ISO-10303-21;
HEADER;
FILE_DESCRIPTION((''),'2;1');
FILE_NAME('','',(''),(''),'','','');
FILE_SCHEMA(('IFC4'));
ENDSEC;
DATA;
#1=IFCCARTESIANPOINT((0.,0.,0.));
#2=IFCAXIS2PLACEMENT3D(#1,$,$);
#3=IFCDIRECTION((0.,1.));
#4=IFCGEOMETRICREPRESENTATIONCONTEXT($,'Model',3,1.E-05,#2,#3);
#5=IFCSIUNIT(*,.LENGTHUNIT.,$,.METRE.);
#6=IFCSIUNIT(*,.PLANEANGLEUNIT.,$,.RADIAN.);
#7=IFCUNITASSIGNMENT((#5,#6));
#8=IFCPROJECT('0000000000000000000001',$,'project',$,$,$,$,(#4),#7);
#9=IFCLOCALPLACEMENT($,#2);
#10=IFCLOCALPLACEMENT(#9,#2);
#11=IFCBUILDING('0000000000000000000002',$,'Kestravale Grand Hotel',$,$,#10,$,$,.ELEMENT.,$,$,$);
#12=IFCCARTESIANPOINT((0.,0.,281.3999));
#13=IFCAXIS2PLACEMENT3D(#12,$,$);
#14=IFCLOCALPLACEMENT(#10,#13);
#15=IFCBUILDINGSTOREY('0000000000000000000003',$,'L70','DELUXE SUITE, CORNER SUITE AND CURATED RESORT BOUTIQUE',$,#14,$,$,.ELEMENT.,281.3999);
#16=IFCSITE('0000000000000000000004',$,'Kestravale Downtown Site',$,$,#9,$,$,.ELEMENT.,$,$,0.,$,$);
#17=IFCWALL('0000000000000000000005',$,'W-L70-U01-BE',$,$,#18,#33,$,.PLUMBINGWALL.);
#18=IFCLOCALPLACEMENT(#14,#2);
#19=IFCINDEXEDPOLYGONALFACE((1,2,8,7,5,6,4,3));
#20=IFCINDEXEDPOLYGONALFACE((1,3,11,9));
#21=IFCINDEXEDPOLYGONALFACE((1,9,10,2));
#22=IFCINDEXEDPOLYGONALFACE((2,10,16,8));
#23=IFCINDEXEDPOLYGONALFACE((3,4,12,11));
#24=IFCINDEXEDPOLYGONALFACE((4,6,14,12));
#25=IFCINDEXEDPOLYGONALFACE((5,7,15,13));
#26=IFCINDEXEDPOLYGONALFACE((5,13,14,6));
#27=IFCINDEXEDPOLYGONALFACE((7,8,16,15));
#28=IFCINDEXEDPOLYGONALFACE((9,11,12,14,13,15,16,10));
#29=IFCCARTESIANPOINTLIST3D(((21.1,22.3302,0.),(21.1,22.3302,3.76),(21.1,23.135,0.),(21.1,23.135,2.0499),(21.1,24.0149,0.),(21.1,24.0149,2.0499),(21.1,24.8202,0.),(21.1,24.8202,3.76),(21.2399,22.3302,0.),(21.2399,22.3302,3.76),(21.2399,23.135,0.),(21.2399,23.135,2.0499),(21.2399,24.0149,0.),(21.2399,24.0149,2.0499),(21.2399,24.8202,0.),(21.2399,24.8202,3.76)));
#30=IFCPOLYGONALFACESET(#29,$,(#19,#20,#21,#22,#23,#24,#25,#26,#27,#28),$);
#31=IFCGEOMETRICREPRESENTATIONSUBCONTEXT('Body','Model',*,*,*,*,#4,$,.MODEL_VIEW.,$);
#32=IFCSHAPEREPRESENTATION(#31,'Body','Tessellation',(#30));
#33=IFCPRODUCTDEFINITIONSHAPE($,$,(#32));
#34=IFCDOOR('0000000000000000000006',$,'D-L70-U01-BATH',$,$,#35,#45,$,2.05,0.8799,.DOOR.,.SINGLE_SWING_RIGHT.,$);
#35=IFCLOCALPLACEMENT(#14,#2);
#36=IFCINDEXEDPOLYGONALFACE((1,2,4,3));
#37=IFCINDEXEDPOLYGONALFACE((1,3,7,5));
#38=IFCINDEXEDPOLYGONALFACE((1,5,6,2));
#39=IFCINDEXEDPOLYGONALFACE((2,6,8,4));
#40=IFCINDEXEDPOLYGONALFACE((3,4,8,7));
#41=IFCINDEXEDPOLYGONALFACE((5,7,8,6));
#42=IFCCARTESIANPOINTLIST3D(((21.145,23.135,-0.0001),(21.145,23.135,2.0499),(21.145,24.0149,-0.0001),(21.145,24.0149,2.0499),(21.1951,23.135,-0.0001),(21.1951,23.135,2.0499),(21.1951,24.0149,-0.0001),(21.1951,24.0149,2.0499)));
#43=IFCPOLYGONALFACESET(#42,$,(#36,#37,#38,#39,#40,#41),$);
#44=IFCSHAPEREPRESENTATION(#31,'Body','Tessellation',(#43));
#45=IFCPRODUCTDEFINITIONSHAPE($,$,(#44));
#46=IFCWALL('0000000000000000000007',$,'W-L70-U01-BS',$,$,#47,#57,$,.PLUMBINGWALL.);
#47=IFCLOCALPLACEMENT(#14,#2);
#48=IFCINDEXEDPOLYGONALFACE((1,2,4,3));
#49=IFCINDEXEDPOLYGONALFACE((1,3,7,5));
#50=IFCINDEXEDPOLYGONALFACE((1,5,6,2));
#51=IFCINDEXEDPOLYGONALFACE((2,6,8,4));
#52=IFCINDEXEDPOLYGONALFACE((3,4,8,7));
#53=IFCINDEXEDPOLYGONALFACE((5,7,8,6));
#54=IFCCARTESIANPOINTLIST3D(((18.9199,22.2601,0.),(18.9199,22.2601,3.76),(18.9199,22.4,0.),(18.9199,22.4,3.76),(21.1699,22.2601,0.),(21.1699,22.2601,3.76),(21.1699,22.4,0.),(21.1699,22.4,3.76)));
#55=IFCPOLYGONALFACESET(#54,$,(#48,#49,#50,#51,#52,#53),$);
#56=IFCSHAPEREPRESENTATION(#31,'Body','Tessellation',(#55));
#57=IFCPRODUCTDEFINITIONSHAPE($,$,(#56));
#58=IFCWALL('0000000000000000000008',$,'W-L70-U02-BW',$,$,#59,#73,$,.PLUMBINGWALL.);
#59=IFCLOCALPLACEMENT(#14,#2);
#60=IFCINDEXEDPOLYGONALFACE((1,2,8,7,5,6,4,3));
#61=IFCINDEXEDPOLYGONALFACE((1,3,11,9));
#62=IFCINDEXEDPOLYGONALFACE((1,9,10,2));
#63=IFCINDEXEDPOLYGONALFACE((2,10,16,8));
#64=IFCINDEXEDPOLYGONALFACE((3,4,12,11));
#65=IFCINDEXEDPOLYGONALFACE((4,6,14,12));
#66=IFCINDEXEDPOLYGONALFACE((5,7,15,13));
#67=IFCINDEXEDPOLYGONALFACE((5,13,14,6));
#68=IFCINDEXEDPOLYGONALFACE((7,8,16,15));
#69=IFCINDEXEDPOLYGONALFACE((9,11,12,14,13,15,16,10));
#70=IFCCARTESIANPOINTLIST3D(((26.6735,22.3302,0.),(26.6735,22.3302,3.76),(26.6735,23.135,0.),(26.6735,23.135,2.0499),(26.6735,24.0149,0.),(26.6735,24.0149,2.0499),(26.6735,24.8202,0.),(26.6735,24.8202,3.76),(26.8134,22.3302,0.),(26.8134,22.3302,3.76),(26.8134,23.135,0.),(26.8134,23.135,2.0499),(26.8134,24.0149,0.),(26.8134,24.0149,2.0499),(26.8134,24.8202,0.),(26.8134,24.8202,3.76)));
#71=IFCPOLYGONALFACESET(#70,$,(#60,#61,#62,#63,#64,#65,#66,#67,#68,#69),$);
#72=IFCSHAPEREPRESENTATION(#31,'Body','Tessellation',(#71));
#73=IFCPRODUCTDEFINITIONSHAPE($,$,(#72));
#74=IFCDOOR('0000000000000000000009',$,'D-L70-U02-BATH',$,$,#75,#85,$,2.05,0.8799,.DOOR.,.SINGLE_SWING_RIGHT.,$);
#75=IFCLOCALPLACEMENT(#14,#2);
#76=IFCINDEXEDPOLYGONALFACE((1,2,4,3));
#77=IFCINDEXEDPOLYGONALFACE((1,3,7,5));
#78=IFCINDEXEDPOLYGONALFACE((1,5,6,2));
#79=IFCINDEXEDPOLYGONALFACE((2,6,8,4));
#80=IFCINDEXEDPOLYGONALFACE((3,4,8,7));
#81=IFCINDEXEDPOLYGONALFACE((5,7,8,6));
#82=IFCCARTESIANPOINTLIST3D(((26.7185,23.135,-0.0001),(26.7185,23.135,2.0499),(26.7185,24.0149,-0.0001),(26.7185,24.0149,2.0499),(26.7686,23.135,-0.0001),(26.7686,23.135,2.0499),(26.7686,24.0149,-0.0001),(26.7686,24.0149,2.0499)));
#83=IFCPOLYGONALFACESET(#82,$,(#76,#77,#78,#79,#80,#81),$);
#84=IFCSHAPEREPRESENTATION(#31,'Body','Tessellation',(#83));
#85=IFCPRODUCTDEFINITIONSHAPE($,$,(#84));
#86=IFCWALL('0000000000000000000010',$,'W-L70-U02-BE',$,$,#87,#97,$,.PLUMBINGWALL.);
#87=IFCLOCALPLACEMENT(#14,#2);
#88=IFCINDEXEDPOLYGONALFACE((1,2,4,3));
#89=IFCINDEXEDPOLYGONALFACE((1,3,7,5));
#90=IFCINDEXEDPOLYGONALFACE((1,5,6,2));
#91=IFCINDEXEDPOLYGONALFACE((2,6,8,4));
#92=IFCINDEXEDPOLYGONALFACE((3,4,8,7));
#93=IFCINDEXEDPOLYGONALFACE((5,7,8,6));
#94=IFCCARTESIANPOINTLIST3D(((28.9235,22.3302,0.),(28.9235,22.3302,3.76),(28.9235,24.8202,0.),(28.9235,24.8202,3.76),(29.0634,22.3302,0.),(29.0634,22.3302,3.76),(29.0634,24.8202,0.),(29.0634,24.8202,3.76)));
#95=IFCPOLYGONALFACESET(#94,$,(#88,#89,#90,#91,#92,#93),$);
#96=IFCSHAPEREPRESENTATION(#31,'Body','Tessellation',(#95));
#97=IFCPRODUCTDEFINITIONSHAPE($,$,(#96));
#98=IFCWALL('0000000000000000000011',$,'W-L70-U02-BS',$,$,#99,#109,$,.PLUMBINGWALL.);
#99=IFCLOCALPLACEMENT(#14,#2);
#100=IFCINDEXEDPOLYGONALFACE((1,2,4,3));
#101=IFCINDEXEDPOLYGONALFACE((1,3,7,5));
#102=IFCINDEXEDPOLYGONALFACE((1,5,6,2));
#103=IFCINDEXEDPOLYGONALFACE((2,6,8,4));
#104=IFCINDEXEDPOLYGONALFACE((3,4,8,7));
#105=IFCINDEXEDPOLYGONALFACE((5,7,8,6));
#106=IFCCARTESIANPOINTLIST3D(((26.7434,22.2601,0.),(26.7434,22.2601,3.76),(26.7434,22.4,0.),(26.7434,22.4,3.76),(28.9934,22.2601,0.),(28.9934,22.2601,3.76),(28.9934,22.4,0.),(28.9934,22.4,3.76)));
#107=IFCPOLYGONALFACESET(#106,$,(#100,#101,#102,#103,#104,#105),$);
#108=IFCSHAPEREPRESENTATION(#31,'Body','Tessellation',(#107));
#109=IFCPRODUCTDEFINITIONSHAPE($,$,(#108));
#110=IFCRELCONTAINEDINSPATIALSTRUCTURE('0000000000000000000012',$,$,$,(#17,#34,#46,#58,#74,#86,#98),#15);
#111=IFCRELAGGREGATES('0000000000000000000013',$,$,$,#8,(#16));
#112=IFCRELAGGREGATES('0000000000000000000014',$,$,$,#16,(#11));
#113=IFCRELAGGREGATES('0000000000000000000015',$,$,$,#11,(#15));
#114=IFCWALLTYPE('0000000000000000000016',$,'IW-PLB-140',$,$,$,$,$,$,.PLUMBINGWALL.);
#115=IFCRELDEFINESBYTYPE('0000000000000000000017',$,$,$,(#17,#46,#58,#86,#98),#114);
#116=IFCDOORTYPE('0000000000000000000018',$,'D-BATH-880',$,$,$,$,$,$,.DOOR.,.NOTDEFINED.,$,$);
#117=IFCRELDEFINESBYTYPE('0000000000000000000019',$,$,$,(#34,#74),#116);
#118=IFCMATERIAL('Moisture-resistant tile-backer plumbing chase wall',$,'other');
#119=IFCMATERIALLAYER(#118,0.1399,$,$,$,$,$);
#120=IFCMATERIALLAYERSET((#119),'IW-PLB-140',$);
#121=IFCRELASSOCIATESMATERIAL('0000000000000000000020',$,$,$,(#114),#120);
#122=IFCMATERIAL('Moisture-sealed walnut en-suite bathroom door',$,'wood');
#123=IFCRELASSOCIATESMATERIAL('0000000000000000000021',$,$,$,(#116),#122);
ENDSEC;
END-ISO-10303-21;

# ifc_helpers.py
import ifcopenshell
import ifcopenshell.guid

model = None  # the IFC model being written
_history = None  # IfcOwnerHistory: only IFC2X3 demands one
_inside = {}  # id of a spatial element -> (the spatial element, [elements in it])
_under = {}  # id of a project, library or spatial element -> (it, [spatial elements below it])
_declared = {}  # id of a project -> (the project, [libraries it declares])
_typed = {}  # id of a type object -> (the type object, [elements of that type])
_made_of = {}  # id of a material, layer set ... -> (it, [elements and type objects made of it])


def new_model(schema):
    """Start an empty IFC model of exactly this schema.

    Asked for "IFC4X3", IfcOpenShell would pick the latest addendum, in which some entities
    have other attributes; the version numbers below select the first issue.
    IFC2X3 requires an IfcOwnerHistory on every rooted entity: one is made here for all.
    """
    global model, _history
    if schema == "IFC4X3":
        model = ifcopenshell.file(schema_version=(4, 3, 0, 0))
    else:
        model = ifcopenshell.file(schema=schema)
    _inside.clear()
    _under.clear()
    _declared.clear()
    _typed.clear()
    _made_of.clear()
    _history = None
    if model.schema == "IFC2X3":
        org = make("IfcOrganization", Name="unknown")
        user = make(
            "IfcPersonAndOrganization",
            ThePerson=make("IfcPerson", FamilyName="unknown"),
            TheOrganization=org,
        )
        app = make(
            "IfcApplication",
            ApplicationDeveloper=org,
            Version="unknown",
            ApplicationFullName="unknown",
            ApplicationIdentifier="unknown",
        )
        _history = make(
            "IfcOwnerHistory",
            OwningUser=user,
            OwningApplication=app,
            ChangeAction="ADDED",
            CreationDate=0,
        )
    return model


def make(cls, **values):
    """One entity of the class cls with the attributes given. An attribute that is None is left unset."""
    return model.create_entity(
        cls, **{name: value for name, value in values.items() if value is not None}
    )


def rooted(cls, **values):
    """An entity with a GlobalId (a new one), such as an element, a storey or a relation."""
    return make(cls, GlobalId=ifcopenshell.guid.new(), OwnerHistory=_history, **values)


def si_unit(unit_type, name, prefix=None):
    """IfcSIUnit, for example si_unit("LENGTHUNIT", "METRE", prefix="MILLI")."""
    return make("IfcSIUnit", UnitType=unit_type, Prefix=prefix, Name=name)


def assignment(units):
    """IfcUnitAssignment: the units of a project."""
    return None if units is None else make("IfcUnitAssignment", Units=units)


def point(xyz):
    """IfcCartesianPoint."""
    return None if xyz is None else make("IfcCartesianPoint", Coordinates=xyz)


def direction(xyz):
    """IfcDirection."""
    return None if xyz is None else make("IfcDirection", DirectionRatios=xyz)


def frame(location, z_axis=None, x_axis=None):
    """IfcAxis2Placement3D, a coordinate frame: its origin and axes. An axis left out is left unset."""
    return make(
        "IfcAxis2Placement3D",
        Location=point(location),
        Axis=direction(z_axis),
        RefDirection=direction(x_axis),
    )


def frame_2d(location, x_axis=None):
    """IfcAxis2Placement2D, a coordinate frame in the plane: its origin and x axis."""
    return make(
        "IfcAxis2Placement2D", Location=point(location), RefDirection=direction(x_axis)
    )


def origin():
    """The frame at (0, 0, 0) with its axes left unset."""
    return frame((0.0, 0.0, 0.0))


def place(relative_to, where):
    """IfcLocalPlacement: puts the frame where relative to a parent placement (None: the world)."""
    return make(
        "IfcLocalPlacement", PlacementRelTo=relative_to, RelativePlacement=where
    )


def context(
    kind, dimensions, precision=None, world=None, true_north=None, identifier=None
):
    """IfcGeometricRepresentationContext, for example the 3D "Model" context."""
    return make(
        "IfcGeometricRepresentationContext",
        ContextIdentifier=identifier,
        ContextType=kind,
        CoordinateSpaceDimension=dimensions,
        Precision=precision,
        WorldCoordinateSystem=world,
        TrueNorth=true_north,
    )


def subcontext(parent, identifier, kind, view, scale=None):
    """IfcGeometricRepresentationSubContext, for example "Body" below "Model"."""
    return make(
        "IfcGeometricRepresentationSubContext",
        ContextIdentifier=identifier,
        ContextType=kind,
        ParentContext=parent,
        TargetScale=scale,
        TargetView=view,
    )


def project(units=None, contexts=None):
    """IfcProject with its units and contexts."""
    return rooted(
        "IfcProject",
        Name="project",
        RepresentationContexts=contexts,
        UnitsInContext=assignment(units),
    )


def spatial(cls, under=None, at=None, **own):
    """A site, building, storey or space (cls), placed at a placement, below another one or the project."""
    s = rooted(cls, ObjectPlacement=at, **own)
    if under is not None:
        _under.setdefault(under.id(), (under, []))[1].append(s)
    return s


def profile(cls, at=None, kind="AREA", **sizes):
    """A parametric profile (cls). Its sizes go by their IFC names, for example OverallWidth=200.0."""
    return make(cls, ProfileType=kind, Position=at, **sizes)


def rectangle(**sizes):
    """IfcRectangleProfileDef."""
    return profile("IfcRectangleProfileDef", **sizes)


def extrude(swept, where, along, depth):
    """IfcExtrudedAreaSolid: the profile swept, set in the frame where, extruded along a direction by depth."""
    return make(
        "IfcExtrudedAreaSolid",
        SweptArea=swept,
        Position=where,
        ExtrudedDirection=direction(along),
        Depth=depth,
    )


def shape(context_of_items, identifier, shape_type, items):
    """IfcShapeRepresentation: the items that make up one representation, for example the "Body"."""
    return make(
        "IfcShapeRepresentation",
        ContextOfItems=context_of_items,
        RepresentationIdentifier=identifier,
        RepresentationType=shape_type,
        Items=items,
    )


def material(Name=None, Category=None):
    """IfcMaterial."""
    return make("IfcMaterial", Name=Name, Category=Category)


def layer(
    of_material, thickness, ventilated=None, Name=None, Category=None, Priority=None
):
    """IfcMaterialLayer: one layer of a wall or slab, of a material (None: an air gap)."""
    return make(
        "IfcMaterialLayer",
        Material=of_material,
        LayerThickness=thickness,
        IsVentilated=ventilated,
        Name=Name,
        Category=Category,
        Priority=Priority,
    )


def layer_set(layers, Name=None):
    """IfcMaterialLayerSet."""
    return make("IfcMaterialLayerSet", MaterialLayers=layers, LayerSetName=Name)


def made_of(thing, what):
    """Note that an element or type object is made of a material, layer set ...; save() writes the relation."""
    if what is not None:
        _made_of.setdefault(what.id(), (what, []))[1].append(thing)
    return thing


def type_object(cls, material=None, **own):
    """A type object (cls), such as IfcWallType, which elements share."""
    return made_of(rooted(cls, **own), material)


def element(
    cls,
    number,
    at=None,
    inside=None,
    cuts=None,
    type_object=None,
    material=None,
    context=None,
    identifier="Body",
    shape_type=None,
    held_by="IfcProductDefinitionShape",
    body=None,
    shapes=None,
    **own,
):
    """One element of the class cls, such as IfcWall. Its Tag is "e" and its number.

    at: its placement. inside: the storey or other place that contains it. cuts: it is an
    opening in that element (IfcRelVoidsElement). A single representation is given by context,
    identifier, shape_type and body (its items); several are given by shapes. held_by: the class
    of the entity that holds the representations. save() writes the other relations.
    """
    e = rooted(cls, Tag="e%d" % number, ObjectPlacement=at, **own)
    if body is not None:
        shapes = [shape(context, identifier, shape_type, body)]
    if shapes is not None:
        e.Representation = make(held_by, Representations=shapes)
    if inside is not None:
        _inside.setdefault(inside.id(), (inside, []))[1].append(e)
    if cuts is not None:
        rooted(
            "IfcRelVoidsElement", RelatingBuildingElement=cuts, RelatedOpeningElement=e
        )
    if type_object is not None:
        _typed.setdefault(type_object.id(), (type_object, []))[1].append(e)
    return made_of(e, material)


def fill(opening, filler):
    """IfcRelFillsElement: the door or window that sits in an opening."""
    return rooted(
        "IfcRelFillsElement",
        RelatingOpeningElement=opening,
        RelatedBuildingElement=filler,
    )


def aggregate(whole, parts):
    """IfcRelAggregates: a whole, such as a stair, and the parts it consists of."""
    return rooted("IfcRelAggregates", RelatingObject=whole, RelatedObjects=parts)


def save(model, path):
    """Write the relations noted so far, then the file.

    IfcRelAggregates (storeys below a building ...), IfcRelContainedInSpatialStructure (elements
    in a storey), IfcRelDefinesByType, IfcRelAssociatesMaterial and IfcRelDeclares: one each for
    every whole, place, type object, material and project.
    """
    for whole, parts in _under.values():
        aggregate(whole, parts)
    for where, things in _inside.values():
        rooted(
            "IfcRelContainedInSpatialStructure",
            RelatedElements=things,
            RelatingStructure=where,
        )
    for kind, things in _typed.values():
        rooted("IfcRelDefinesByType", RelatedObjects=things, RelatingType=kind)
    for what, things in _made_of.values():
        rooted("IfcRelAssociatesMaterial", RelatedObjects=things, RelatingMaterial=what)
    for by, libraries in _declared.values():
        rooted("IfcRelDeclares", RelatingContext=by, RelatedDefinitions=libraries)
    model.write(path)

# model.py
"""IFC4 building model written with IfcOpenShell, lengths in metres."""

from ifc_helpers import new_model, si_unit, direction, frame, frame_2d, origin, place, context, subcontext, project, spatial, rectangle, extrude, material, layer, layer_set, type_object, element, fill, save


model = new_model("IFC4")

# Units and contexts
model_context = context("Model", 3, precision=1e-05, world=origin(), true_north=direction((0.0, 1.0)))
body_context = subcontext(model_context, "Body", "Model", "MODEL_VIEW")
ifc_project = project(units=[si_unit("LENGTHUNIT", "METRE"), si_unit("PLANEANGLEUNIT", "RADIAN")], contexts=[model_context])

# Site, building, storey
site_placement = place(None, origin())
site = spatial("IfcSite", under=ifc_project, at=site_placement, Name="Kestravale Downtown Site", CompositionType="ELEMENT", RefElevation=0.0)
building_placement = place(site_placement, origin())
building = spatial("IfcBuilding", under=site, at=building_placement, Name="Kestravale Grand Hotel", CompositionType="ELEMENT")
storey_placement = place(building_placement, frame((0.0, 0.0, 281.3999)))
storey = spatial("IfcBuildingStorey", under=building, at=storey_placement, Name="L70", Description="DELUXE SUITE, CORNER SUITE AND CURATED RESORT BOUTIQUE", CompositionType="ELEMENT", Elevation=281.3999)

# Wall, opening, door
ifc_material_1 = material(Name="Moisture-resistant tile-backer plumbing chase wall", Category="other")
ifc_layer_1 = layer(ifc_material_1, 0.1399)
ifc_layer_set_1 = layer_set([ifc_layer_1], Name="IW-PLB-140")
wall_type_1 = type_object("IfcWallType", Name="IW-PLB-140", PredefinedType="PLUMBINGWALL", material=ifc_layer_set_1)
wall_1_placement = place(storey_placement, frame((21.1699, 22.3301, 0.0), z_axis=(0.0, 0.0, 1.0), x_axis=(0.0, 1.0, 0.0)))
wall_1 = element("IfcWall", 1, at=wall_1_placement, inside=storey, type_object=wall_type_1, Name="W-L70-U01-BE", PredefinedType="PLUMBINGWALL", context=body_context, shape_type="SweptSolid", body=[
    extrude(rectangle(XDim=2.49, YDim=0.1399, at=frame_2d((1.2451, 0.0))), origin(), (0.0, 0.0, 1.0), 3.76),
])
opening_1_placement = place(wall_1_placement, frame((0.8049, 0.0, 0.0)))
opening_1 = element("IfcOpeningElement", 2, at=opening_1_placement, cuts=wall_1, PredefinedType="OPENING", context=body_context, shape_type="SweptSolid", body=[
    extrude(rectangle(XDim=0.8799, YDim=2.05, at=frame_2d((0.4399, 1.0249))), frame((0.0, 0.0798, 0.0), z_axis=(0.0, -1.0, 0.0), x_axis=(1.0, 0.0, 0.0)), (0.0, 0.0, 1.0), 0.1599),
])
ifc_material_2 = material(Name="Moisture-sealed walnut en-suite bathroom door", Category="wood")
door_type_1 = type_object("IfcDoorType", Name="D-BATH-880", OperationType="NOTDEFINED", PredefinedType="DOOR", material=ifc_material_2)
door_1_placement = place(opening_1_placement, origin())
door_1 = element("IfcDoor", 3, at=door_1_placement, inside=storey, type_object=door_type_1, Name="D-L70-U01-BATH", OperationType="SINGLE_SWING_RIGHT", OverallHeight=2.05, OverallWidth=0.8799, PredefinedType="DOOR", context=body_context, shape_type="SweptSolid", body=[
    extrude(rectangle(XDim=0.8799, YDim=2.05, at=frame_2d((0.4399, 1.0249))), frame((0.0, 0.0249, 0.0), z_axis=(0.0, -1.0, 0.0), x_axis=(1.0, 0.0, 0.0)), (0.0, 0.0, 1.0), 0.05),
])
fill(opening_1, door_1)

# Wall
wall_2_placement = place(storey_placement, frame((18.9199, 22.3301, 0.0), z_axis=(0.0, 0.0, 1.0), x_axis=(1.0, 0.0, 0.0)))
element("IfcWall", 4, at=wall_2_placement, inside=storey, type_object=wall_type_1, Name="W-L70-U01-BS", PredefinedType="PLUMBINGWALL", context=body_context, shape_type="SweptSolid", body=[
    extrude(rectangle(XDim=2.25, YDim=0.1399, at=frame_2d((1.125, 0.0))), origin(), (0.0, 0.0, 1.0), 3.76),
])

# Wall, opening, door
wall_3_placement = place(storey_placement, frame((26.7434, 22.3301, 0.0), z_axis=(0.0, 0.0, 1.0), x_axis=(0.0, 1.0, 0.0)))
wall_3 = element("IfcWall", 5, at=wall_3_placement, inside=storey, type_object=wall_type_1, Name="W-L70-U02-BW", PredefinedType="PLUMBINGWALL", context=body_context, shape_type="SweptSolid", body=[
    extrude(rectangle(XDim=2.49, YDim=0.1399, at=frame_2d((1.2451, 0.0))), origin(), (0.0, 0.0, 1.0), 3.76),
])
opening_2_placement = place(wall_3_placement, frame((0.8049, 0.0, 0.0)))
opening_2 = element("IfcOpeningElement", 6, at=opening_2_placement, cuts=wall_3, PredefinedType="OPENING", context=body_context, shape_type="SweptSolid", body=[
    extrude(rectangle(XDim=0.8799, YDim=2.05, at=frame_2d((0.4399, 1.0249))), frame((0.0, 0.0798, 0.0), z_axis=(0.0, -1.0, 0.0), x_axis=(1.0, 0.0, 0.0)), (0.0, 0.0, 1.0), 0.1599),
])
door_2_placement = place(opening_2_placement, origin())
door_2 = element("IfcDoor", 7, at=door_2_placement, inside=storey, type_object=door_type_1, Name="D-L70-U02-BATH", OperationType="SINGLE_SWING_RIGHT", OverallHeight=2.05, OverallWidth=0.8799, PredefinedType="DOOR", context=body_context, shape_type="SweptSolid", body=[
    extrude(rectangle(XDim=0.8799, YDim=2.05, at=frame_2d((0.4399, 1.0249))), frame((0.0, 0.0249, 0.0), z_axis=(0.0, -1.0, 0.0), x_axis=(1.0, 0.0, 0.0)), (0.0, 0.0, 1.0), 0.05),
])
fill(opening_2, door_2)

# Walls
wall_4_placement = place(storey_placement, frame((28.9934, 22.3301, 0.0), z_axis=(0.0, 0.0, 1.0), x_axis=(0.0, 1.0, 0.0)))
element("IfcWall", 8, at=wall_4_placement, inside=storey, type_object=wall_type_1, Name="W-L70-U02-BE", PredefinedType="PLUMBINGWALL", context=body_context, shape_type="SweptSolid", body=[
    extrude(rectangle(XDim=2.49, YDim=0.1399, at=frame_2d((1.2451, 0.0))), origin(), (0.0, 0.0, 1.0), 3.76),
])
wall_5_placement = place(storey_placement, frame((26.7434, 22.3301, 0.0), z_axis=(0.0, 0.0, 1.0), x_axis=(1.0, 0.0, 0.0)))
element("IfcWall", 9, at=wall_5_placement, inside=storey, type_object=wall_type_1, Name="W-L70-U02-BS", PredefinedType="PLUMBINGWALL", context=body_context, shape_type="SweptSolid", body=[
    extrude(rectangle(XDim=2.25, YDim=0.1399, at=frame_2d((1.125, 0.0))), origin(), (0.0, 0.0, 1.0), 3.76),
])

save(model, "model.ifc")
